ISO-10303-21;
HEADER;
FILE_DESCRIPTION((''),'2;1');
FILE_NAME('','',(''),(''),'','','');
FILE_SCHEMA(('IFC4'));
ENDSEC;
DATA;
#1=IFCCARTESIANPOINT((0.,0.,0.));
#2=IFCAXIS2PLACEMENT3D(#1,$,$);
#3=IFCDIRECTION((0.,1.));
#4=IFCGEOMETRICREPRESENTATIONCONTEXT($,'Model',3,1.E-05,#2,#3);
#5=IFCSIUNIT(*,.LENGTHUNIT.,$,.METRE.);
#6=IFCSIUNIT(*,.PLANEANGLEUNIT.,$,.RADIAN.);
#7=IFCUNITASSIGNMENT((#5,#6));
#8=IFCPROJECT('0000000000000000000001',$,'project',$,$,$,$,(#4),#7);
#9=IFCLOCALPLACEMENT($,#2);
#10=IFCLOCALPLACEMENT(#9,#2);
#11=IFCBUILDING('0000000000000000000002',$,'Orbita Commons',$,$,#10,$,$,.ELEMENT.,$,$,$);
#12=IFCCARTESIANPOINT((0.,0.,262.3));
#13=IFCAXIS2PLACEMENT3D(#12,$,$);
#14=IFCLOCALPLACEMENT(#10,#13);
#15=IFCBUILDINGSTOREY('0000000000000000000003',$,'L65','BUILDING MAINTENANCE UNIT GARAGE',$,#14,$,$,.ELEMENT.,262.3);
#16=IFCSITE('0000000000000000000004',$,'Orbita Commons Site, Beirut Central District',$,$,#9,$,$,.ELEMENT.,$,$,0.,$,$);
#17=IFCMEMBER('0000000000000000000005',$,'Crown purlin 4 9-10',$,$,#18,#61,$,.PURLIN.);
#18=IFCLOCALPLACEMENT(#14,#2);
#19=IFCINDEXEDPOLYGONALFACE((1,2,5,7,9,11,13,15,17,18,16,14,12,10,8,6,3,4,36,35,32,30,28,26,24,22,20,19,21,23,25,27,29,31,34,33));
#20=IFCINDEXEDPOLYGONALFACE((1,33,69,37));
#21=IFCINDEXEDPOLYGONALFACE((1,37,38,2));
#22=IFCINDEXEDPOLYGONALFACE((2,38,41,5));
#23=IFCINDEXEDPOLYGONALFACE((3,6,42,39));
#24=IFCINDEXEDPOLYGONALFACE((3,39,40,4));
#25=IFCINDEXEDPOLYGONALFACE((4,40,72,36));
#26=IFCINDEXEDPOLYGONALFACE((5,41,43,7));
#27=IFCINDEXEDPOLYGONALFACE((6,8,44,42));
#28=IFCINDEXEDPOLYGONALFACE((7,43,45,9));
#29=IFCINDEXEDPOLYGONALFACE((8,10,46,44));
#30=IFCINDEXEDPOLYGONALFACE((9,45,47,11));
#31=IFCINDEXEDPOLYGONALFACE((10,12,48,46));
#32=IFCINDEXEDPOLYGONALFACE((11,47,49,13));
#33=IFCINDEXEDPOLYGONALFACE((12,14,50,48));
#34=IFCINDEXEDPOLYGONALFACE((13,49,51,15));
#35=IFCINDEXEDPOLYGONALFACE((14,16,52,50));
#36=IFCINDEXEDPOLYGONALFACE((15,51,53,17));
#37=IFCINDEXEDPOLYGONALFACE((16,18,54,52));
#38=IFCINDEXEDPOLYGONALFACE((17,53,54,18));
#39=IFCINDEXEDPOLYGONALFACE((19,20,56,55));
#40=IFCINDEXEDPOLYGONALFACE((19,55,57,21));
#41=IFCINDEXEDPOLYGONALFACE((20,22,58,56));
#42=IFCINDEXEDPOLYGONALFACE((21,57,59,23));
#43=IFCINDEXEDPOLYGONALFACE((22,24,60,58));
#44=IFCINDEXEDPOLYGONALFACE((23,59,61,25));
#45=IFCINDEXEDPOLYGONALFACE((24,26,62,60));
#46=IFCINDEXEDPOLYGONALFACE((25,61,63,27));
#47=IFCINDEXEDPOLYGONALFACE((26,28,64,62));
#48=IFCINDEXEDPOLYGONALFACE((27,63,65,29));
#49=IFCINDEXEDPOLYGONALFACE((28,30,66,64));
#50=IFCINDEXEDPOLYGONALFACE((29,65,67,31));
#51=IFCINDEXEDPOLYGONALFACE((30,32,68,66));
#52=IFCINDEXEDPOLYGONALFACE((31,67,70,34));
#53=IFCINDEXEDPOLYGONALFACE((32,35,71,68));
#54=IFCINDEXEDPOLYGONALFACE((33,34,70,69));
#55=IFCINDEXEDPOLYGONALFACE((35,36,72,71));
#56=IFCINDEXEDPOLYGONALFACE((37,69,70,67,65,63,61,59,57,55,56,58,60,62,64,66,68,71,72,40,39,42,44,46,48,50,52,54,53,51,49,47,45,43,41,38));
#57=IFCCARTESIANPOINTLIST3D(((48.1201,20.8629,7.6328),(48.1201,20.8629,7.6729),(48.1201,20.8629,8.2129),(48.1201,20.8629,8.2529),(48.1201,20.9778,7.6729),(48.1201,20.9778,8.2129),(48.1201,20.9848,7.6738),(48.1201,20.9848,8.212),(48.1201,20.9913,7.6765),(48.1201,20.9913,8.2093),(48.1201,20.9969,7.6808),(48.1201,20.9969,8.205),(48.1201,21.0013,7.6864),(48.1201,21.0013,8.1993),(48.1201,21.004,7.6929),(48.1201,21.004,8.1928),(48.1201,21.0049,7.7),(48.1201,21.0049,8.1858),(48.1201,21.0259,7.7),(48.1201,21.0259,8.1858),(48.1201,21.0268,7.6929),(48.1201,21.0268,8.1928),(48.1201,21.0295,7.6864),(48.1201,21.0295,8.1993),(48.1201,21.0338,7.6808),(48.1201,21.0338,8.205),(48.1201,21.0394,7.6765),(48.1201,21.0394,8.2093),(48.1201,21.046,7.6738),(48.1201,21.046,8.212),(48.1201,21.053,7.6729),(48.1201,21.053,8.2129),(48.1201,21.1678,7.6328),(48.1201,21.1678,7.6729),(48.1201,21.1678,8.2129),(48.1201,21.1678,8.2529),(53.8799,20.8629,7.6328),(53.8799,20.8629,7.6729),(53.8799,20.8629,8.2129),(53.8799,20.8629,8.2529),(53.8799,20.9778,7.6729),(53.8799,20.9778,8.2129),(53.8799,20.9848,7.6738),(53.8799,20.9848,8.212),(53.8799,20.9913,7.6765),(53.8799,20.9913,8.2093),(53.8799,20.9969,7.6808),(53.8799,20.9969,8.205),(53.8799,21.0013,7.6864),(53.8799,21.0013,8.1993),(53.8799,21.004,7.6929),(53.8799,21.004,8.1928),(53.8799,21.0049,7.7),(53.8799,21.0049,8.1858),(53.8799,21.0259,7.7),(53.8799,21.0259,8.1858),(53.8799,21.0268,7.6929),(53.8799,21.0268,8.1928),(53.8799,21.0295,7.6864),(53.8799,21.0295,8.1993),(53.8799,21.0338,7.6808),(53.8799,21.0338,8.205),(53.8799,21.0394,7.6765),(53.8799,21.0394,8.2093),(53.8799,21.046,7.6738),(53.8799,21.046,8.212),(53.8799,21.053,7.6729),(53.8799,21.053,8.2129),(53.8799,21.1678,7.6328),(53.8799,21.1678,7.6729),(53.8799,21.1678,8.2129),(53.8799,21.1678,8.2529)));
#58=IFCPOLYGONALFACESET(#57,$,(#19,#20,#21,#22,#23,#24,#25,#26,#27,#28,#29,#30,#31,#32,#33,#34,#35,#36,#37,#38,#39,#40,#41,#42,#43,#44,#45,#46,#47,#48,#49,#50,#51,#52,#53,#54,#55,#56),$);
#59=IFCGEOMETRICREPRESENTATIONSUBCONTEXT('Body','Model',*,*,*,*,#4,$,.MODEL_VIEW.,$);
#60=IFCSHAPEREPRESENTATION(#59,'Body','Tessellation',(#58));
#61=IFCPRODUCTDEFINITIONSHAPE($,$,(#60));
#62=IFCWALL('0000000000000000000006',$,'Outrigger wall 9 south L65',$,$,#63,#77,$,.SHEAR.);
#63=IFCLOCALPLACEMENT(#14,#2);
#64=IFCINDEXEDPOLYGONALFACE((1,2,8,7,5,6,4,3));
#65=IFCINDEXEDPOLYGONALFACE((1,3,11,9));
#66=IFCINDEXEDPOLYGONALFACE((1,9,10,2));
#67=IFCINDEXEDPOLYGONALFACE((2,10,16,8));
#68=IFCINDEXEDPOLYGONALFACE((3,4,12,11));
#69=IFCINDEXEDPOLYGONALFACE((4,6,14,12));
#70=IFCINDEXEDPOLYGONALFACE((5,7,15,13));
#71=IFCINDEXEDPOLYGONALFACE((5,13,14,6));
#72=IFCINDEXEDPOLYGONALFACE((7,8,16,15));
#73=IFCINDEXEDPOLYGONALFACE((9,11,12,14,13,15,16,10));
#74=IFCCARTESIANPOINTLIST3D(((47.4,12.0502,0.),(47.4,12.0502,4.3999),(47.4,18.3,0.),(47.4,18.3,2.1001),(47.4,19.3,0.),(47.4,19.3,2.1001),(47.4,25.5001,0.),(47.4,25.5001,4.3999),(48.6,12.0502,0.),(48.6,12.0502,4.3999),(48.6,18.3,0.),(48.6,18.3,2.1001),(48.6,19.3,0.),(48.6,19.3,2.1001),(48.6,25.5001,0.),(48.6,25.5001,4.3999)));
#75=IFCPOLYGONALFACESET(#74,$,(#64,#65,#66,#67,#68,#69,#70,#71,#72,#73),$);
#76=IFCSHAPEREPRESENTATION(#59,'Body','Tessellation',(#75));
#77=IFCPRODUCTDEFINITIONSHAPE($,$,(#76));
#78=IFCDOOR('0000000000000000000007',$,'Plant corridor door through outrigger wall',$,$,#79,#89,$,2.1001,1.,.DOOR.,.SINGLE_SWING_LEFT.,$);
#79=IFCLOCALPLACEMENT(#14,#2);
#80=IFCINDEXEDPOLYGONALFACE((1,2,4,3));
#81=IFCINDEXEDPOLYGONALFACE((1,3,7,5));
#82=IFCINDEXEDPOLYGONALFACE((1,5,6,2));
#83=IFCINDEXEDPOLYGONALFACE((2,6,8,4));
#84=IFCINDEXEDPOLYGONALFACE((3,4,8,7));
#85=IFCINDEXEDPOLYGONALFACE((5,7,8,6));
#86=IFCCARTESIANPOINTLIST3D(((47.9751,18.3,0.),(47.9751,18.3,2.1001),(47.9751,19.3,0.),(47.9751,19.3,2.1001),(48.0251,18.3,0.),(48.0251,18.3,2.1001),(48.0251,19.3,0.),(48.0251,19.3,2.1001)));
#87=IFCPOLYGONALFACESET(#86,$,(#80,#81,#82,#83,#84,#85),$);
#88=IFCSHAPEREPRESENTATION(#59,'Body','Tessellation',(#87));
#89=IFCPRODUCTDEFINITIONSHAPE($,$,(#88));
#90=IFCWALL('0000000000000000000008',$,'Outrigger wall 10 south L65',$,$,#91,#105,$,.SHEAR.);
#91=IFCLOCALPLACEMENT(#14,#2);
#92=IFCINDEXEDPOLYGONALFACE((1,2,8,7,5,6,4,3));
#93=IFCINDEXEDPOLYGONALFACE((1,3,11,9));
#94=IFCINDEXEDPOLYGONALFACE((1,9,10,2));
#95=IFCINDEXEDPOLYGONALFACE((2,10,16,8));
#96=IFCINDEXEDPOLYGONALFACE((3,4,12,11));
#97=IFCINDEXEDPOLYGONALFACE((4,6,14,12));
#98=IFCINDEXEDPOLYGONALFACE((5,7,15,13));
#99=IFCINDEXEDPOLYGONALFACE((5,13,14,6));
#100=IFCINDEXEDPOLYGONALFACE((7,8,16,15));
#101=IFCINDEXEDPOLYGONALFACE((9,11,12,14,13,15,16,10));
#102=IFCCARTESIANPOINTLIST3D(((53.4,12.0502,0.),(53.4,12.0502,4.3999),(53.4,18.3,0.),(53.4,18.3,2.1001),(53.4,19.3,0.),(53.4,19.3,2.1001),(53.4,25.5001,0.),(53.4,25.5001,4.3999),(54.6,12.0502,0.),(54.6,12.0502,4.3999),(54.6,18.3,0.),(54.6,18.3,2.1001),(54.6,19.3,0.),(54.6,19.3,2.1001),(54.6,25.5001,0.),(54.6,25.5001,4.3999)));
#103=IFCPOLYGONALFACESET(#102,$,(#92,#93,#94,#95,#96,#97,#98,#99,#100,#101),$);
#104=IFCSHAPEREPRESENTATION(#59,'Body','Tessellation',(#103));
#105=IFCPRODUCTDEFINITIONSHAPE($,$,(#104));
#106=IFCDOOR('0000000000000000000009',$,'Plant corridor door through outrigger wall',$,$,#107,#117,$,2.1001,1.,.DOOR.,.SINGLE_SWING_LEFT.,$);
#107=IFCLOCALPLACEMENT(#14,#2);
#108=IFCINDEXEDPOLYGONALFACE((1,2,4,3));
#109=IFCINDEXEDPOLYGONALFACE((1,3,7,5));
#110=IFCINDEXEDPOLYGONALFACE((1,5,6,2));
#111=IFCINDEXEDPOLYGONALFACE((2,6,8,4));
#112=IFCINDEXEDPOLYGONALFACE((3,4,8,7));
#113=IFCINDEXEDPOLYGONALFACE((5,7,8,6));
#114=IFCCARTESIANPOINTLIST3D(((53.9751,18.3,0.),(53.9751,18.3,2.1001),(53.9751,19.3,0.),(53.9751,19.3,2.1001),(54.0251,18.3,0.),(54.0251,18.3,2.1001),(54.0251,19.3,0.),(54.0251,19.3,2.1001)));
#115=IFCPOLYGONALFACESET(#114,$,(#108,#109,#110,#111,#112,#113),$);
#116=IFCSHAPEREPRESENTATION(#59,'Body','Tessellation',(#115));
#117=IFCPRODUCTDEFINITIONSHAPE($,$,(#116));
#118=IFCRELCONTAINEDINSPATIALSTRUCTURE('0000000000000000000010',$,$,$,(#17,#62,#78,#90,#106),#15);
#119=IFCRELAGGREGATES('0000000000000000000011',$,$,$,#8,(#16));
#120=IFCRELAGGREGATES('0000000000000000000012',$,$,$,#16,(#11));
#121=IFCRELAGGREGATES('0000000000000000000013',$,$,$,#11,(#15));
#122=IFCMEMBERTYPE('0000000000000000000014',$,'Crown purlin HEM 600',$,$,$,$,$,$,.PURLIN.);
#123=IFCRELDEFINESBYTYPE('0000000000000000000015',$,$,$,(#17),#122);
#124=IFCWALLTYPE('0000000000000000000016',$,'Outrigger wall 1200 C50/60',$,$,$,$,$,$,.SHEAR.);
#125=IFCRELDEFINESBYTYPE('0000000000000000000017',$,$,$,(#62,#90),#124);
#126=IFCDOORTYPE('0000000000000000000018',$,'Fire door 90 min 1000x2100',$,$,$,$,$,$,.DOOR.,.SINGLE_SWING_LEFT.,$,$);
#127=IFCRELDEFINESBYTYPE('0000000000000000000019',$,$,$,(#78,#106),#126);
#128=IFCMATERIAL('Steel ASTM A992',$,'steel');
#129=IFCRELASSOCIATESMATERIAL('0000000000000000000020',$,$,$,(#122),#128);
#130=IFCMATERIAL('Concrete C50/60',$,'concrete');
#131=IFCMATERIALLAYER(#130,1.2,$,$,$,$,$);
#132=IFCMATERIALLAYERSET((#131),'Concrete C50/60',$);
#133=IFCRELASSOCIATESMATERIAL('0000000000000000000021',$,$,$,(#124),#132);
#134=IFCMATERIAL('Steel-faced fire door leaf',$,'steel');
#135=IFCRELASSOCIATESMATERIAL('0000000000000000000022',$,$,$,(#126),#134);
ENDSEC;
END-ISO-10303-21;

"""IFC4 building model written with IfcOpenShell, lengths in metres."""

from ifc_helpers import new_model, si_unit, direction, frame, frame_2d, origin, origin_2d, place, context, subcontext, project, spatial, rectangle, i_section, extrude, material, layer, layer_set, material_profile, profile_set, type_object, element, fill, save


model = new_model("IFC4")

# Units and contexts
model_context = context("Model", 3, precision=1e-05, world=origin(), true_north=direction((0.0, 1.0)))
body_context = subcontext(model_context, "Body", "Model", "MODEL_VIEW")
ifc_project = project(units=[si_unit("LENGTHUNIT", "METRE"), si_unit("PLANEANGLEUNIT", "RADIAN")], contexts=[model_context])

# Site, building, storey
site_placement = place(None, origin())
site = spatial("IfcSite", under=ifc_project, at=site_placement, Name="Orbita Commons Site, Beirut Central District", CompositionType="ELEMENT", RefElevation=0.0)
building_placement = place(site_placement, origin())
building = spatial("IfcBuilding", under=site, at=building_placement, Name="Orbita Commons", CompositionType="ELEMENT")
storey_placement = place(building_placement, frame((0.0, 0.0, 262.3)))
storey = spatial("IfcBuildingStorey", under=building, at=storey_placement, Name="L65", Description="BUILDING MAINTENANCE UNIT GARAGE", CompositionType="ELEMENT", Elevation=262.3)

# Member
ifc_material_1 = material(Name="Steel ASTM A992", Category="steel")
ifc_material_profile = material_profile(ifc_material_1, i_section(OverallWidth=0.3049, OverallDepth=0.6201, WebThickness=0.021, FlangeThickness=0.04, FilletRadius=0.0271, at=origin_2d()), Name="HEM 600")
ifc_profile_set = profile_set([ifc_material_profile], Name="Steel ASTM A992")
member_type = type_object("IfcMemberType", Name="Crown purlin HEM 600", PredefinedType="PURLIN", material=ifc_profile_set)
for number, where, z_axis, x_axis, name in (
    (1, (48.1201, 21.0154, 7.9429), (1.0, 0.0, 0.0), (0.0, 1.0, 0.0), "Crown purlin 4 9-10"),
):
    element("IfcMember", number, at=place(storey_placement, frame(where, z_axis=z_axis, x_axis=x_axis)), inside=storey, type_object=member_type, Name=name, PredefinedType="PURLIN", context=body_context, shape_type="SweptSolid", body=[
        extrude(i_section(OverallWidth=0.3049, OverallDepth=0.6201, WebThickness=0.021, FlangeThickness=0.04, FilletRadius=0.0271, at=origin_2d()), origin(), (0.0, 0.0, 1.0), 5.7598),
    ])

# Walls, openings, doors
ifc_material_2 = material(Name="Concrete C50/60", Category="concrete")
ifc_layer_1 = layer(ifc_material_2, 1.2)
ifc_layer_set_1 = layer_set([ifc_layer_1], Name="Concrete C50/60")
wall_type_1 = type_object("IfcWallType", Name="Outrigger wall 1200 C50/60", PredefinedType="SHEAR", material=ifc_layer_set_1)
wall_1_placement = place(storey_placement, frame((48.0, 12.05, 0.0), z_axis=(0.0, 0.0, 1.0), x_axis=(0.0, 1.0, 0.0)))
wall_1 = element("IfcWall", 2, at=wall_1_placement, inside=storey, type_object=wall_type_1, Name="Outrigger wall 9 south L65", PredefinedType="SHEAR", context=body_context, shape_type="SweptSolid", body=[
    extrude(rectangle(XDim=13.45, YDim=1.2, at=frame_2d((6.7251, 0.0))), origin(), (0.0, 0.0, 1.0), 4.3999),
])
opening_1_placement = place(wall_1_placement, frame((6.25, 0.0, 0.0)))
opening_1 = element("IfcOpeningElement", 3, at=opening_1_placement, cuts=wall_1, PredefinedType="OPENING", context=body_context, shape_type="SweptSolid", body=[
    extrude(rectangle(XDim=1.0, YDim=2.1001, at=frame_2d((0.5, 1.05))), frame((0.0, 0.6099, 0.0), z_axis=(0.0, -1.0, 0.0), x_axis=(1.0, 0.0, 0.0)), (0.0, 0.0, 1.0), 1.22),
])
ifc_material_3 = material(Name="Steel-faced fire door leaf", Category="steel")
door_type_1 = type_object("IfcDoorType", Name="Fire door 90 min 1000x2100", OperationType="SINGLE_SWING_LEFT", PredefinedType="DOOR", material=ifc_material_3)
door_1_placement = place(opening_1_placement, origin())
door_1 = element("IfcDoor", 4, at=door_1_placement, inside=storey, type_object=door_type_1, Name="Plant corridor door through outrigger wall", OperationType="SINGLE_SWING_LEFT", OverallHeight=2.1001, OverallWidth=1.0, PredefinedType="DOOR", context=body_context, shape_type="SweptSolid", body=[
    extrude(rectangle(XDim=1.0, YDim=2.1001, at=frame_2d((0.5, 1.05))), frame((0.0, 0.0249, 0.0), z_axis=(0.0, -1.0, 0.0), x_axis=(1.0, 0.0, 0.0)), (0.0, 0.0, 1.0), 0.05),
])
fill(opening_1, door_1)
wall_2_placement = place(storey_placement, frame((54.0, 12.05, 0.0), z_axis=(0.0, 0.0, 1.0), x_axis=(0.0, 1.0, 0.0)))
wall_2 = element("IfcWall", 5, at=wall_2_placement, inside=storey, type_object=wall_type_1, Name="Outrigger wall 10 south L65", PredefinedType="SHEAR", context=body_context, shape_type="SweptSolid", body=[
    extrude(rectangle(XDim=13.45, YDim=1.2, at=frame_2d((6.7251, 0.0))), origin(), (0.0, 0.0, 1.0), 4.3999),
])
opening_2_placement = place(wall_2_placement, frame((6.25, 0.0, 0.0)))
opening_2 = element("IfcOpeningElement", 6, at=opening_2_placement, cuts=wall_2, PredefinedType="OPENING", context=body_context, shape_type="SweptSolid", body=[
    extrude(rectangle(XDim=1.0, YDim=2.1001, at=frame_2d((0.5, 1.05))), frame((0.0, 0.6099, 0.0), z_axis=(0.0, -1.0, 0.0), x_axis=(1.0, 0.0, 0.0)), (0.0, 0.0, 1.0), 1.22),
])
door_2_placement = place(opening_2_placement, origin())
door_2 = element("IfcDoor", 7, at=door_2_placement, inside=storey, type_object=door_type_1, Name="Plant corridor door through outrigger wall", OperationType="SINGLE_SWING_LEFT", OverallHeight=2.1001, OverallWidth=1.0, PredefinedType="DOOR", context=body_context, shape_type="SweptSolid", body=[
    extrude(rectangle(XDim=1.0, YDim=2.1001, at=frame_2d((0.5, 1.05))), frame((0.0, 0.0249, 0.0), z_axis=(0.0, -1.0, 0.0), x_axis=(1.0, 0.0, 0.0)), (0.0, 0.0, 1.0), 0.05),
])
fill(opening_2, door_2)

save(model, "model.ifc")
